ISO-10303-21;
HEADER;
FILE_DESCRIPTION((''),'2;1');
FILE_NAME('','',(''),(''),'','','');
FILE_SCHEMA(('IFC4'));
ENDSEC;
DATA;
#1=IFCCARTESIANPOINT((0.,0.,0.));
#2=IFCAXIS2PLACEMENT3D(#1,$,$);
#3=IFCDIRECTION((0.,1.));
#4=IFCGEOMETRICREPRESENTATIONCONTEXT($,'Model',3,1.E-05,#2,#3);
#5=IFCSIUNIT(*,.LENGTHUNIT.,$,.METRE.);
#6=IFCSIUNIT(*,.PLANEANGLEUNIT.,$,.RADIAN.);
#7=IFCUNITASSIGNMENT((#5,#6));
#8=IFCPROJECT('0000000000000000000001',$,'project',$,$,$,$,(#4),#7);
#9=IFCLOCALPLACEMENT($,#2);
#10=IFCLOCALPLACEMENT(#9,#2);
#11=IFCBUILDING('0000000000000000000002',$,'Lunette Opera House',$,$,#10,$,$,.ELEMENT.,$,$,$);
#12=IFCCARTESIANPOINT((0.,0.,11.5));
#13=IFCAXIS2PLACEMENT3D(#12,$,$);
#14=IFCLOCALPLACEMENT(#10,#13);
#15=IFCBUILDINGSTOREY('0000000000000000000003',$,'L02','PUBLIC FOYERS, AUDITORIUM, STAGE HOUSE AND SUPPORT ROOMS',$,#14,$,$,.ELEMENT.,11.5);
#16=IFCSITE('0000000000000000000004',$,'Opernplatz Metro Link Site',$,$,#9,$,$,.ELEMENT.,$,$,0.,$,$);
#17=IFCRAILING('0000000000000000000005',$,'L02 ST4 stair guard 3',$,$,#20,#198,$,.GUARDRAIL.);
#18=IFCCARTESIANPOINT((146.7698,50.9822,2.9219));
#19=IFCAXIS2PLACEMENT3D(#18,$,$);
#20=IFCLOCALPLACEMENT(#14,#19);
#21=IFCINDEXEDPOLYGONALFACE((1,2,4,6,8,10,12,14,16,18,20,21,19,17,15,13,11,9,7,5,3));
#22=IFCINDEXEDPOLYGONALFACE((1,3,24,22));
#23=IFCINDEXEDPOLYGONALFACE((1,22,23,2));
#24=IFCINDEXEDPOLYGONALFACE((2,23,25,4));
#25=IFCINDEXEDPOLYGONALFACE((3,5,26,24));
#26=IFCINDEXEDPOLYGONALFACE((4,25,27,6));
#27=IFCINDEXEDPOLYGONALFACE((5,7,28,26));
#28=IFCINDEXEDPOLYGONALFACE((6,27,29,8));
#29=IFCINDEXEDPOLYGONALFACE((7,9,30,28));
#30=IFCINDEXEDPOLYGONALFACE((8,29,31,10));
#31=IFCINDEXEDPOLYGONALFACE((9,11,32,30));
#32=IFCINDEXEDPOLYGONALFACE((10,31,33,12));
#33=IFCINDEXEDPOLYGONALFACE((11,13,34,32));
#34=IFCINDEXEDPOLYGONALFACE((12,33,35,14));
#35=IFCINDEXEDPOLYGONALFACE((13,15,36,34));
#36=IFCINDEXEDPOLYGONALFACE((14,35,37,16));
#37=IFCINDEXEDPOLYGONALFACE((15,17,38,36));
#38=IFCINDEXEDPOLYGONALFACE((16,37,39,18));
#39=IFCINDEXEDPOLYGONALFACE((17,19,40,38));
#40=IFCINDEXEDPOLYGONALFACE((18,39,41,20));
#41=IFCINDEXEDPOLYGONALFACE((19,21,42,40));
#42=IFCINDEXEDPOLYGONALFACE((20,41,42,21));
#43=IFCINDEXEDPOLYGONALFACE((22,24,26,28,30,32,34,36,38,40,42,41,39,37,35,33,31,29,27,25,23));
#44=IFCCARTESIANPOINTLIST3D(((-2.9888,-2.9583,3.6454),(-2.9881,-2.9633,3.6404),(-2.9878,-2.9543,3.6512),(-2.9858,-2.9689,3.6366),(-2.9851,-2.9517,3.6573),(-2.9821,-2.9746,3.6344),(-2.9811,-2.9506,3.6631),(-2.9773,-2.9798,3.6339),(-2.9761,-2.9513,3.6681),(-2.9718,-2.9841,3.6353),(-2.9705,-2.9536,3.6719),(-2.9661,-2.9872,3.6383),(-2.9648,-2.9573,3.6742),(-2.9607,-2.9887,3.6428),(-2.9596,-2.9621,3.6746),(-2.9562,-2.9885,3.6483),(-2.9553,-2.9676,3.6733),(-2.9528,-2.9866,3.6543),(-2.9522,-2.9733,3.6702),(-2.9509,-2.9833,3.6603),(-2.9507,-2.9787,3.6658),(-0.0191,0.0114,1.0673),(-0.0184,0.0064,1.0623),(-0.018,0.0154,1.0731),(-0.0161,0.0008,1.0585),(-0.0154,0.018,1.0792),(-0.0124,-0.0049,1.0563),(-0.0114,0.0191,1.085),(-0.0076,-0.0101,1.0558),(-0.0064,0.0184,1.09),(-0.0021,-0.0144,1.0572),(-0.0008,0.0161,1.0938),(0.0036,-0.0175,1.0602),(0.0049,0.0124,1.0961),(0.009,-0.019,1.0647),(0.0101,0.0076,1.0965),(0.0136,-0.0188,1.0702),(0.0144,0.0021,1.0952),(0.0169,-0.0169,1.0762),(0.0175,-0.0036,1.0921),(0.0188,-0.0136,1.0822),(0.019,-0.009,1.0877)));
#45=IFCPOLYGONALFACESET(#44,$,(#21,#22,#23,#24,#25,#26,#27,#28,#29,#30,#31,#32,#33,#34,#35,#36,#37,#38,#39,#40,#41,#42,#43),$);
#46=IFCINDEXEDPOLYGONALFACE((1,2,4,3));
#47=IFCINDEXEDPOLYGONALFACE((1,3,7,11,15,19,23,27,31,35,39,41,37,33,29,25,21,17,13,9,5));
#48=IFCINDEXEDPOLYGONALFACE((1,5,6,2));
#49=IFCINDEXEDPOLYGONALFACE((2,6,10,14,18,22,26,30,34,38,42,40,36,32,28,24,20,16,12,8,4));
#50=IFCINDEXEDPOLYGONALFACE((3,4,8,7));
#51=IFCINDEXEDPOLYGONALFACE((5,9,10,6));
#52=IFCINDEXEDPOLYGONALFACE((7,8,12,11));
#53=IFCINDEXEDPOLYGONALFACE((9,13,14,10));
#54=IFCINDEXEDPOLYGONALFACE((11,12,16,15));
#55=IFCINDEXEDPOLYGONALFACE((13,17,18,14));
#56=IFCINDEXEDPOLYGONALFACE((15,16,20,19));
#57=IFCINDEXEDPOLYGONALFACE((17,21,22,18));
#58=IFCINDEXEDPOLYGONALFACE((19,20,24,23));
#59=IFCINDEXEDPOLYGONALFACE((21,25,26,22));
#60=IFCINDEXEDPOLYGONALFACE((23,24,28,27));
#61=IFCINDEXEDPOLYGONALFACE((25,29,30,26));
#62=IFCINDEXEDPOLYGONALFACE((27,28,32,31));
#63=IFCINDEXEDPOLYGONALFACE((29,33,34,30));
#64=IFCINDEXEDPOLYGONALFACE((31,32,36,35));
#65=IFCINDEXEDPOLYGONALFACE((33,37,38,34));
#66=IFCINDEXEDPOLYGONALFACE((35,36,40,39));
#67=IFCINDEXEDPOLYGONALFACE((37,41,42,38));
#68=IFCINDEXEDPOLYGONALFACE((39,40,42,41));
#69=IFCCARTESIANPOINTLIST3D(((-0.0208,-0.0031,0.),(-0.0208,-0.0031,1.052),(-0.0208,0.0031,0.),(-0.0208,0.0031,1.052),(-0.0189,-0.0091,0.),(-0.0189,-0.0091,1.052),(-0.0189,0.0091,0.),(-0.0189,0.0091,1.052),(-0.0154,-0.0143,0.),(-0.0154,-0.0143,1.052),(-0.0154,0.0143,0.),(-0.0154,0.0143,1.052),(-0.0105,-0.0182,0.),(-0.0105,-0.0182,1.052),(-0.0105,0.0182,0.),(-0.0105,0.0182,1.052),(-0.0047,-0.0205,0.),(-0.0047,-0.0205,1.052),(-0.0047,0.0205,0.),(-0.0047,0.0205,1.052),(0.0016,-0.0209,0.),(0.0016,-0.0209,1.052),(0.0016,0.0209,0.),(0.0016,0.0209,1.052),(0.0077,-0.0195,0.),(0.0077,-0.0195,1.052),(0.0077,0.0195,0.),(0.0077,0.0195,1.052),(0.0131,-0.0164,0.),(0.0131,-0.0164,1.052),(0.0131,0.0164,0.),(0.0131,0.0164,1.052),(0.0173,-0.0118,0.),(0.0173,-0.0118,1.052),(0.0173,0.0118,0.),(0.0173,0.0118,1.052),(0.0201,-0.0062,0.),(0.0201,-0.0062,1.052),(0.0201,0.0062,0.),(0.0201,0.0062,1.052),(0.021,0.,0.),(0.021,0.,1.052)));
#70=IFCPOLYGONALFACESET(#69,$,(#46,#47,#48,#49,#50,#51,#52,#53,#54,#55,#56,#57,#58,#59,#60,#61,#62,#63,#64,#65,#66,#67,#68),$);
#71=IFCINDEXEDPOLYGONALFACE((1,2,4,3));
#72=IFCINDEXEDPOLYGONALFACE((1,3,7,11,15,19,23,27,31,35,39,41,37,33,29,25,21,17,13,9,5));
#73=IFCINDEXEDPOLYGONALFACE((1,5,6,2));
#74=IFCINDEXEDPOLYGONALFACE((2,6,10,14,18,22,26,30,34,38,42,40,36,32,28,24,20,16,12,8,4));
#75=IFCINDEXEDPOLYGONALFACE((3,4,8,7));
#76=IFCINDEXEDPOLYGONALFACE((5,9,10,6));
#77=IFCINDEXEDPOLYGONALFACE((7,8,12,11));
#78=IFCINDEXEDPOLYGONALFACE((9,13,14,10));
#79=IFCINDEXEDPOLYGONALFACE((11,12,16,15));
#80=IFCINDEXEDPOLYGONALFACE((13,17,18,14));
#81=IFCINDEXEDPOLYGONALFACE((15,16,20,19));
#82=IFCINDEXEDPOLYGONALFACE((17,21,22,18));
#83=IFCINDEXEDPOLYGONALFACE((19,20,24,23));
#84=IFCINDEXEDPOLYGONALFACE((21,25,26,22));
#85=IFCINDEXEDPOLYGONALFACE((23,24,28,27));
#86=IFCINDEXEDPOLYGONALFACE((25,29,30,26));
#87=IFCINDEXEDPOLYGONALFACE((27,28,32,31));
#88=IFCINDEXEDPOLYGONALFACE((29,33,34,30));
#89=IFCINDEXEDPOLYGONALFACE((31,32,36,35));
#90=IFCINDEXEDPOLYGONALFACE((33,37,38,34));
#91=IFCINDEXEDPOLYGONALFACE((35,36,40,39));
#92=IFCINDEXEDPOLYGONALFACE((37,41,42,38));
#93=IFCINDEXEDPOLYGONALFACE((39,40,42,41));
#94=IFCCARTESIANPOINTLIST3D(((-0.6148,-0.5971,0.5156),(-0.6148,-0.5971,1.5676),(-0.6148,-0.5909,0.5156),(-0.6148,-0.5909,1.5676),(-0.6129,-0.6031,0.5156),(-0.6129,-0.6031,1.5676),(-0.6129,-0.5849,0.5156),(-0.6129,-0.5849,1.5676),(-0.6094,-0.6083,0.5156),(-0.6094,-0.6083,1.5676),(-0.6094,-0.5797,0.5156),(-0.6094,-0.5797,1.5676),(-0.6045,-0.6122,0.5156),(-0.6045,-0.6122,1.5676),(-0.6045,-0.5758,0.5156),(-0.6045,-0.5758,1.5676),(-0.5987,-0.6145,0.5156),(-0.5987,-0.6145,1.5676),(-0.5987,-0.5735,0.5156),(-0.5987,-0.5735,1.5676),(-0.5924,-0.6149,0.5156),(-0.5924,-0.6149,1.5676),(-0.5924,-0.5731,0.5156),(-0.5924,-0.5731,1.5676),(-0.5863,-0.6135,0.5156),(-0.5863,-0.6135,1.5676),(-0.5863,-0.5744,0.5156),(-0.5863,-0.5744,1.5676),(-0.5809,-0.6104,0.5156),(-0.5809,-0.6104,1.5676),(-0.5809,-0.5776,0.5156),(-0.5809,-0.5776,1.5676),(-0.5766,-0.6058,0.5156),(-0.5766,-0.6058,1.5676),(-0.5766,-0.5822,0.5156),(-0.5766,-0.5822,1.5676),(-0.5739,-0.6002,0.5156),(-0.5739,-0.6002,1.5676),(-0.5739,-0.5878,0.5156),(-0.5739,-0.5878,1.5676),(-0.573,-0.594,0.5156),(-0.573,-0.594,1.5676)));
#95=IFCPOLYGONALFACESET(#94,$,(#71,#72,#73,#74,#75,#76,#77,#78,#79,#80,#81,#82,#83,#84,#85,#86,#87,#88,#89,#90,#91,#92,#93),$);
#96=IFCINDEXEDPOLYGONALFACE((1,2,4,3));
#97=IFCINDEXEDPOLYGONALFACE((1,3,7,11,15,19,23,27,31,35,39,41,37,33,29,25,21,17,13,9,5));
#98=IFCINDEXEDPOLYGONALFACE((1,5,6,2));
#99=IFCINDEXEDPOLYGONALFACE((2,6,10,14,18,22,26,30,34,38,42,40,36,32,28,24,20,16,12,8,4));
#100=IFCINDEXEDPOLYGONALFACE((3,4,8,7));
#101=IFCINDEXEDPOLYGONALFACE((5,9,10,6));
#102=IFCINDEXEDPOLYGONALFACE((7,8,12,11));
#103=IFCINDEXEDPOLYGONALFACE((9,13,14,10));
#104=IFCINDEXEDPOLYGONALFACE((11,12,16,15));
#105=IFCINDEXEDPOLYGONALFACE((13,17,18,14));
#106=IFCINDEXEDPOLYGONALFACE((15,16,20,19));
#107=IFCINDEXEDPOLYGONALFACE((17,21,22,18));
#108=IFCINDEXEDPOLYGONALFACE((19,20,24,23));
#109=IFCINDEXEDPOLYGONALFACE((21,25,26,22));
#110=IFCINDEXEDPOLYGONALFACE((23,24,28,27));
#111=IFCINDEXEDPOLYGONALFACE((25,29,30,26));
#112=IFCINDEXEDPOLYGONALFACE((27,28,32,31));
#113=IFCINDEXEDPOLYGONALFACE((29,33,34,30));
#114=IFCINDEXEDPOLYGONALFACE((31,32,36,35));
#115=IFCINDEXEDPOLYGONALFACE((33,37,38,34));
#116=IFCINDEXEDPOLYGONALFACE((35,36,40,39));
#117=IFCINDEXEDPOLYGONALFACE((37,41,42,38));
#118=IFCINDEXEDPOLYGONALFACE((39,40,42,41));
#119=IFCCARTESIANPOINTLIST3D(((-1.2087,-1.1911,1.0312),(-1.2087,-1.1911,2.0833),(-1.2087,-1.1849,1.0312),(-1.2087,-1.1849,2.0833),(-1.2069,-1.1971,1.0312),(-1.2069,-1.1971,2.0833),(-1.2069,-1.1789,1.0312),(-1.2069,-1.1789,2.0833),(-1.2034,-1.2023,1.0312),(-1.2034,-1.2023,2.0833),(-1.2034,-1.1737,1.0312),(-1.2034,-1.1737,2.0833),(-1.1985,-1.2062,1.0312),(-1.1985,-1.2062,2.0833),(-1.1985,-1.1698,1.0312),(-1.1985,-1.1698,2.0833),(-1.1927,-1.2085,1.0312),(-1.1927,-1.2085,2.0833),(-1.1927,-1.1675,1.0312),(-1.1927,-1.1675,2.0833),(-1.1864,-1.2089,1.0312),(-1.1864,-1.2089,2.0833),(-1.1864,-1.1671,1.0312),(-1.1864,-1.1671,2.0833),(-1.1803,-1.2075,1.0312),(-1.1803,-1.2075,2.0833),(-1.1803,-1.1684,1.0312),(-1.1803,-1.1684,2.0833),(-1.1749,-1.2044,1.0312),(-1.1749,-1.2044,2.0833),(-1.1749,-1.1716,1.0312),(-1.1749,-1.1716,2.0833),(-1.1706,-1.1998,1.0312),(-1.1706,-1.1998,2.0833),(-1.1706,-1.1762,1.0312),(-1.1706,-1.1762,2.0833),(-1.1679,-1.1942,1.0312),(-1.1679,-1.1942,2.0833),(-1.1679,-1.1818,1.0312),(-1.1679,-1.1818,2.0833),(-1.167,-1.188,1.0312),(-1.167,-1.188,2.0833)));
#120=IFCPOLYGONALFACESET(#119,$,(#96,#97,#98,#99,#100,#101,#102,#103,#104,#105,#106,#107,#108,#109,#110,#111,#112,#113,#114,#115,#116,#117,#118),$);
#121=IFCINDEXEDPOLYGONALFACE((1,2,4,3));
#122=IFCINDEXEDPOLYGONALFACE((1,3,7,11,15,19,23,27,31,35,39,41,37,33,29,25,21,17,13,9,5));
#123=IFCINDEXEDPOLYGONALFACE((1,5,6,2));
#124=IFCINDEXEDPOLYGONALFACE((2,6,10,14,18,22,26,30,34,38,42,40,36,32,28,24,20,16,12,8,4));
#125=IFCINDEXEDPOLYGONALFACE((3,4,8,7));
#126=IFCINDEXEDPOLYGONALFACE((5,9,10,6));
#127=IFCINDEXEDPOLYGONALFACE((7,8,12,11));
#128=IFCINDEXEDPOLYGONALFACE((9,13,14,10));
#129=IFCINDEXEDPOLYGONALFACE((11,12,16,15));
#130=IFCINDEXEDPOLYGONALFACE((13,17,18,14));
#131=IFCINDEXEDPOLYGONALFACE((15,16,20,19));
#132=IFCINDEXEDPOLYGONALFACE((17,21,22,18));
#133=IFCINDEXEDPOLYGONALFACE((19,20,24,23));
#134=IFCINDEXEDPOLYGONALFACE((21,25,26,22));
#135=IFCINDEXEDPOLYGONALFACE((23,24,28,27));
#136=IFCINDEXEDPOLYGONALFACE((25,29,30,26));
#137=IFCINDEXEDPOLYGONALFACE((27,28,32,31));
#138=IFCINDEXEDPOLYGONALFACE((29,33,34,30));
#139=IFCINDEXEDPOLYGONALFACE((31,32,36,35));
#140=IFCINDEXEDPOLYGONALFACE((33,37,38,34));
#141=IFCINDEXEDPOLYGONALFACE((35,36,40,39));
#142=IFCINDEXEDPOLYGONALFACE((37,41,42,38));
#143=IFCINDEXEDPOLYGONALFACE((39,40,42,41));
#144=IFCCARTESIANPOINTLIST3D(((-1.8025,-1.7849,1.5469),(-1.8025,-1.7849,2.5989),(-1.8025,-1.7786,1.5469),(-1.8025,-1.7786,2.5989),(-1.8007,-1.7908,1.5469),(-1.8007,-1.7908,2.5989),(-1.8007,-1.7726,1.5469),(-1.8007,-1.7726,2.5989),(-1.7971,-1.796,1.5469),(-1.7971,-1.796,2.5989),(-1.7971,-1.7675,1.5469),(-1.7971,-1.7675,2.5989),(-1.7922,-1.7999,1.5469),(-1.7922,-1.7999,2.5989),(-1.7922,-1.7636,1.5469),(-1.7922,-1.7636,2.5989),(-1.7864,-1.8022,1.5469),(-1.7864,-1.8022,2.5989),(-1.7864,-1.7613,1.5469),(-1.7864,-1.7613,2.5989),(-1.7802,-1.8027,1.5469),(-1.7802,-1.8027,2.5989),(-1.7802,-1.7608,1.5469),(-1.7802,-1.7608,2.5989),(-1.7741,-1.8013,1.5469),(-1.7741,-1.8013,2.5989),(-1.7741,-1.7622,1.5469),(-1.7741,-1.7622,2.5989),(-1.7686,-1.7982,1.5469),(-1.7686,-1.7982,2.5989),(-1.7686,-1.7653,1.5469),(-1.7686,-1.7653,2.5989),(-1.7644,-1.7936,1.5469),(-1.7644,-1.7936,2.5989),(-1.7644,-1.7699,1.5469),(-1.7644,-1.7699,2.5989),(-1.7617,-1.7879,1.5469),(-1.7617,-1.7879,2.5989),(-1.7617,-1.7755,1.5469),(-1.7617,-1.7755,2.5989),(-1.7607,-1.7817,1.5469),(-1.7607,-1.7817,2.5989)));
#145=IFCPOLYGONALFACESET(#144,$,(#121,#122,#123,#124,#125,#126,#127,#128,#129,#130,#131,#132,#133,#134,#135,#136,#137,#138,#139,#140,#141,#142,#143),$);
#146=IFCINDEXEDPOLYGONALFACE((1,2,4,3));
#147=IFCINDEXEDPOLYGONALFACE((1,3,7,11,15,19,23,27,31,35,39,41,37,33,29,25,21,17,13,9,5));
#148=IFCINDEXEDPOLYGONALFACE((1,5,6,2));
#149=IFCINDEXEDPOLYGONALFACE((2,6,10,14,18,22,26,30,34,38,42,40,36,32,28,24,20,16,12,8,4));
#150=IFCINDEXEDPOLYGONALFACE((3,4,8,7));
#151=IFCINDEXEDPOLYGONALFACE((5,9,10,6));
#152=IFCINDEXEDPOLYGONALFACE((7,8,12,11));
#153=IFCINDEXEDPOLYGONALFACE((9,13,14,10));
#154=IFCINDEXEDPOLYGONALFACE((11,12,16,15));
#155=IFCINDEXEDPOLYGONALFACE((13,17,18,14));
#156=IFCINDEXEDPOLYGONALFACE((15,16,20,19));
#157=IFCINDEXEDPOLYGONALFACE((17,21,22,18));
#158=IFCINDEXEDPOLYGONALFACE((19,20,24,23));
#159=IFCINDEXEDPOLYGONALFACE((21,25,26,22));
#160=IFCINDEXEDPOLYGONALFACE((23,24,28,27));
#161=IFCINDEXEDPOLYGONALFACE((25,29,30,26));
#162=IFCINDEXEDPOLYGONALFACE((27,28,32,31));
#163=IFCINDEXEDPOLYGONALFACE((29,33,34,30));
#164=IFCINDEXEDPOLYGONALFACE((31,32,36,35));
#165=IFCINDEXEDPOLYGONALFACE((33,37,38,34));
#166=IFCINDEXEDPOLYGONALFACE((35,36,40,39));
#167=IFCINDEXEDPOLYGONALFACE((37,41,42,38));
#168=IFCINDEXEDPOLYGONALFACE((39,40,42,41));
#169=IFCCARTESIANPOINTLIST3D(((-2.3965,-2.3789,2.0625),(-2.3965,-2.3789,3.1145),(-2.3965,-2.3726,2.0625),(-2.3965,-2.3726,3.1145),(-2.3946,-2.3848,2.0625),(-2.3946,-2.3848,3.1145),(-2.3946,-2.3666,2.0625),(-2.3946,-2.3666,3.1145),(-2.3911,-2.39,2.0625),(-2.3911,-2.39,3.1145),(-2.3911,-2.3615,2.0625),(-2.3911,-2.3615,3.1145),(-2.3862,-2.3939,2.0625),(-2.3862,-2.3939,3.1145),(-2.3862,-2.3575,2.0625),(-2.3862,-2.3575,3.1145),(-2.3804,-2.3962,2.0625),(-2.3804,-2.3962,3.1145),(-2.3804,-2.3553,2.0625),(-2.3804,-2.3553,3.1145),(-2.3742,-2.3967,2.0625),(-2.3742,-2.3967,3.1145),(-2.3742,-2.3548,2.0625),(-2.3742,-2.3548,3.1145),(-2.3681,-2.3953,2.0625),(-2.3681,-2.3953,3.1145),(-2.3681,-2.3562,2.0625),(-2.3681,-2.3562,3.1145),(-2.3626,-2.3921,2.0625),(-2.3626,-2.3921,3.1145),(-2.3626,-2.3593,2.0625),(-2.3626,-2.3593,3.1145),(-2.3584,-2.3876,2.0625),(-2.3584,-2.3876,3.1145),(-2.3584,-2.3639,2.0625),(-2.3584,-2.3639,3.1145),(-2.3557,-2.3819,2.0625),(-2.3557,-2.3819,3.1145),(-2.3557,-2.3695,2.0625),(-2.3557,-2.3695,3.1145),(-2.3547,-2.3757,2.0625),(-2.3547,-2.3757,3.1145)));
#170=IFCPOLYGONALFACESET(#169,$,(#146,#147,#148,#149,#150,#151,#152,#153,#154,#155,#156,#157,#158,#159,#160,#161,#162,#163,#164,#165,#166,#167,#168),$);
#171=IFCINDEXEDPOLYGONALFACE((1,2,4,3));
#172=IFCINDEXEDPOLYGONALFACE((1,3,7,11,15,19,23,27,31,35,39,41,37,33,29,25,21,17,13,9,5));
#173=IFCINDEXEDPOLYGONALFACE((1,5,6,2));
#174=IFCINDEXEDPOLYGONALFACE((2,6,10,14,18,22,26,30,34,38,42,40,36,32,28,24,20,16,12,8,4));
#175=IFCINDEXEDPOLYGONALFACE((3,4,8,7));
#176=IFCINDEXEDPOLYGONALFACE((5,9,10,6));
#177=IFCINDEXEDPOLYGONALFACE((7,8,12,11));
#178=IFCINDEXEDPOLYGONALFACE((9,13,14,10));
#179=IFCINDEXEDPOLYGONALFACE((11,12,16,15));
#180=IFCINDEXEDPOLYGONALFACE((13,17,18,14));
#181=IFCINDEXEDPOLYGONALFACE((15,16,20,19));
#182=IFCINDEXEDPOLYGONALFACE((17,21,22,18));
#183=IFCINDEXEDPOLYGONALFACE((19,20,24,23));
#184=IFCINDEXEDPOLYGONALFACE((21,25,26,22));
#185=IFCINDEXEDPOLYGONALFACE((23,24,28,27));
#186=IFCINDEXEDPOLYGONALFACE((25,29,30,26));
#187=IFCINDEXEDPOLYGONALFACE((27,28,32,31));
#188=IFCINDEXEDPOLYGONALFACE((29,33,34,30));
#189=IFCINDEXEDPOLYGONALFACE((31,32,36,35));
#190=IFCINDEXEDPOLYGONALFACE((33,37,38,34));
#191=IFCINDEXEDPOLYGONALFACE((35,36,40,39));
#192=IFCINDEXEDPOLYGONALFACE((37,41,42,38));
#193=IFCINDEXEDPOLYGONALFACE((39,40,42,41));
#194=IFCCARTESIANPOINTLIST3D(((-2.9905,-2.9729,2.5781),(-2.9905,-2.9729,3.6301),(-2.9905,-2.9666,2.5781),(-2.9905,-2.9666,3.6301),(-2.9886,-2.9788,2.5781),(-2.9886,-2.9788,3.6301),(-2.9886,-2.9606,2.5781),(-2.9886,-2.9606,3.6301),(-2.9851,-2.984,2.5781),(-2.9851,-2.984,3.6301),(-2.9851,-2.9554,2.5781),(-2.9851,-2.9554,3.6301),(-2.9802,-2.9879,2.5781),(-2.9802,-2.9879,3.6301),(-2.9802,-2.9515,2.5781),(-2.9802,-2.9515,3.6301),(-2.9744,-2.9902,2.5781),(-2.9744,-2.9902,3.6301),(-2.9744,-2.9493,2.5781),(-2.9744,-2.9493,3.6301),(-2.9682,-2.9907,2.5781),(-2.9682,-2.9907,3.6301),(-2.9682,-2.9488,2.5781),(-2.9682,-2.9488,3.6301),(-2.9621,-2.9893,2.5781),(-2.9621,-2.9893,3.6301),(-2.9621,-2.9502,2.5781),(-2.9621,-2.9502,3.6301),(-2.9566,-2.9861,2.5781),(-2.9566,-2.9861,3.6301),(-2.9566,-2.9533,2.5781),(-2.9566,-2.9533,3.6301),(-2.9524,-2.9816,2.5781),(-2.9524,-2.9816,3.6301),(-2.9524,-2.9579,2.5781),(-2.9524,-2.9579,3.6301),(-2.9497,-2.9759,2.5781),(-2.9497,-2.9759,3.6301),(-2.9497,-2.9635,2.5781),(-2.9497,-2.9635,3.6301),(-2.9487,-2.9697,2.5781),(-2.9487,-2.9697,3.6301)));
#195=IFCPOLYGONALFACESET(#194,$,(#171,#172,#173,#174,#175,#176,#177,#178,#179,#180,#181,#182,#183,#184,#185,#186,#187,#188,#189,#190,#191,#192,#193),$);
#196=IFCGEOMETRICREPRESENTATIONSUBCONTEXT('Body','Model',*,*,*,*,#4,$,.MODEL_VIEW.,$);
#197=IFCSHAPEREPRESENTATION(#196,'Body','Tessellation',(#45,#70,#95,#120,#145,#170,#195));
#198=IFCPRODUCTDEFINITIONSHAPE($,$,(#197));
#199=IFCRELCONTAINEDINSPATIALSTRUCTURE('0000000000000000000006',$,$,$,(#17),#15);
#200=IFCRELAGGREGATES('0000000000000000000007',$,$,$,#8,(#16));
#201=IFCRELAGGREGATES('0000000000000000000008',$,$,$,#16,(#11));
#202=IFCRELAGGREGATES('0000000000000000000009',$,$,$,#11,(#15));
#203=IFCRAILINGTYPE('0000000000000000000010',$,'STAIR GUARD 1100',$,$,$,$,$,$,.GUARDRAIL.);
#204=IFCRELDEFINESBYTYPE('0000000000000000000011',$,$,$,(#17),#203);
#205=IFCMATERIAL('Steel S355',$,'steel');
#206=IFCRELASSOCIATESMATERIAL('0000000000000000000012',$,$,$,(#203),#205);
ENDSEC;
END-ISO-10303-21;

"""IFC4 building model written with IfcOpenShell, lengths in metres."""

from ifc_helpers import new_model, si_unit, direction, frame, origin, origin_2d, place, context, subcontext, project, spatial, circle, extrude, material, type_object, element, save


model = new_model("IFC4")

# Units and contexts
model_context = context("Model", 3, precision=1e-05, world=origin(), true_north=direction((0.0, 1.0)))
body_context = subcontext(model_context, "Body", "Model", "MODEL_VIEW")
ifc_project = project(units=[si_unit("LENGTHUNIT", "METRE"), si_unit("PLANEANGLEUNIT", "RADIAN")], contexts=[model_context])

# Site, building, storey
site_placement = place(None, origin())
site = spatial("IfcSite", under=ifc_project, at=site_placement, Name="Opernplatz Metro Link Site", CompositionType="ELEMENT", RefElevation=0.0)
building_placement = place(site_placement, origin())
building = spatial("IfcBuilding", under=site, at=building_placement, Name="Lunette Opera House", CompositionType="ELEMENT")
storey_placement = place(building_placement, frame((0.0, 0.0, 11.5)))
storey = spatial("IfcBuildingStorey", under=building, at=storey_placement, Name="L02", Description="PUBLIC FOYERS, AUDITORIUM, STAGE HOUSE AND SUPPORT ROOMS", CompositionType="ELEMENT", Elevation=11.5)

# Railing
ifc_material_1 = material(Name="Steel S355", Category="steel")
railing_type_1 = type_object("IfcRailingType", Name="STAIR GUARD 1100", PredefinedType="GUARDRAIL", material=ifc_material_1)
railing_1_placement = place(storey_placement, frame((146.7698, 50.9822, 2.9219)))
element("IfcRailing", 1, at=railing_1_placement, inside=storey, type_object=railing_type_1, Name="L02 ST4 stair guard 3", PredefinedType="GUARDRAIL", context=body_context, shape_type="SweptSolid", body=[
    extrude(circle(Radius=0.0239, at=origin_2d()), frame((0.0, 0.0, 1.0762), z_axis=(-0.602622, -0.602622, 0.523157), x_axis=(0.707107, -0.707107, 0.0)), (0.0, 0.0, 1.0), 4.928),
    extrude(circle(Radius=0.021, at=origin_2d()), origin(), (0.0, 0.0, 1.0), 1.052),
    extrude(circle(Radius=0.021, at=origin_2d()), frame((-0.594, -0.594, 0.5156)), (0.0, 0.0, 1.0), 1.052),
    extrude(circle(Radius=0.021, at=origin_2d()), frame((-1.188, -1.188, 1.0312)), (0.0, 0.0, 1.0), 1.052),
    extrude(circle(Radius=0.021, at=origin_2d()), frame((-1.7817, -1.7817, 1.5469)), (0.0, 0.0, 1.0), 1.052),
    extrude(circle(Radius=0.021, at=origin_2d()), frame((-2.3757, -2.3757, 2.0625)), (0.0, 0.0, 1.0), 1.052),
    extrude(circle(Radius=0.021, at=origin_2d()), frame((-2.9697, -2.9697, 2.5781)), (0.0, 0.0, 1.0), 1.052),
])

save(model, "model.ifc")
